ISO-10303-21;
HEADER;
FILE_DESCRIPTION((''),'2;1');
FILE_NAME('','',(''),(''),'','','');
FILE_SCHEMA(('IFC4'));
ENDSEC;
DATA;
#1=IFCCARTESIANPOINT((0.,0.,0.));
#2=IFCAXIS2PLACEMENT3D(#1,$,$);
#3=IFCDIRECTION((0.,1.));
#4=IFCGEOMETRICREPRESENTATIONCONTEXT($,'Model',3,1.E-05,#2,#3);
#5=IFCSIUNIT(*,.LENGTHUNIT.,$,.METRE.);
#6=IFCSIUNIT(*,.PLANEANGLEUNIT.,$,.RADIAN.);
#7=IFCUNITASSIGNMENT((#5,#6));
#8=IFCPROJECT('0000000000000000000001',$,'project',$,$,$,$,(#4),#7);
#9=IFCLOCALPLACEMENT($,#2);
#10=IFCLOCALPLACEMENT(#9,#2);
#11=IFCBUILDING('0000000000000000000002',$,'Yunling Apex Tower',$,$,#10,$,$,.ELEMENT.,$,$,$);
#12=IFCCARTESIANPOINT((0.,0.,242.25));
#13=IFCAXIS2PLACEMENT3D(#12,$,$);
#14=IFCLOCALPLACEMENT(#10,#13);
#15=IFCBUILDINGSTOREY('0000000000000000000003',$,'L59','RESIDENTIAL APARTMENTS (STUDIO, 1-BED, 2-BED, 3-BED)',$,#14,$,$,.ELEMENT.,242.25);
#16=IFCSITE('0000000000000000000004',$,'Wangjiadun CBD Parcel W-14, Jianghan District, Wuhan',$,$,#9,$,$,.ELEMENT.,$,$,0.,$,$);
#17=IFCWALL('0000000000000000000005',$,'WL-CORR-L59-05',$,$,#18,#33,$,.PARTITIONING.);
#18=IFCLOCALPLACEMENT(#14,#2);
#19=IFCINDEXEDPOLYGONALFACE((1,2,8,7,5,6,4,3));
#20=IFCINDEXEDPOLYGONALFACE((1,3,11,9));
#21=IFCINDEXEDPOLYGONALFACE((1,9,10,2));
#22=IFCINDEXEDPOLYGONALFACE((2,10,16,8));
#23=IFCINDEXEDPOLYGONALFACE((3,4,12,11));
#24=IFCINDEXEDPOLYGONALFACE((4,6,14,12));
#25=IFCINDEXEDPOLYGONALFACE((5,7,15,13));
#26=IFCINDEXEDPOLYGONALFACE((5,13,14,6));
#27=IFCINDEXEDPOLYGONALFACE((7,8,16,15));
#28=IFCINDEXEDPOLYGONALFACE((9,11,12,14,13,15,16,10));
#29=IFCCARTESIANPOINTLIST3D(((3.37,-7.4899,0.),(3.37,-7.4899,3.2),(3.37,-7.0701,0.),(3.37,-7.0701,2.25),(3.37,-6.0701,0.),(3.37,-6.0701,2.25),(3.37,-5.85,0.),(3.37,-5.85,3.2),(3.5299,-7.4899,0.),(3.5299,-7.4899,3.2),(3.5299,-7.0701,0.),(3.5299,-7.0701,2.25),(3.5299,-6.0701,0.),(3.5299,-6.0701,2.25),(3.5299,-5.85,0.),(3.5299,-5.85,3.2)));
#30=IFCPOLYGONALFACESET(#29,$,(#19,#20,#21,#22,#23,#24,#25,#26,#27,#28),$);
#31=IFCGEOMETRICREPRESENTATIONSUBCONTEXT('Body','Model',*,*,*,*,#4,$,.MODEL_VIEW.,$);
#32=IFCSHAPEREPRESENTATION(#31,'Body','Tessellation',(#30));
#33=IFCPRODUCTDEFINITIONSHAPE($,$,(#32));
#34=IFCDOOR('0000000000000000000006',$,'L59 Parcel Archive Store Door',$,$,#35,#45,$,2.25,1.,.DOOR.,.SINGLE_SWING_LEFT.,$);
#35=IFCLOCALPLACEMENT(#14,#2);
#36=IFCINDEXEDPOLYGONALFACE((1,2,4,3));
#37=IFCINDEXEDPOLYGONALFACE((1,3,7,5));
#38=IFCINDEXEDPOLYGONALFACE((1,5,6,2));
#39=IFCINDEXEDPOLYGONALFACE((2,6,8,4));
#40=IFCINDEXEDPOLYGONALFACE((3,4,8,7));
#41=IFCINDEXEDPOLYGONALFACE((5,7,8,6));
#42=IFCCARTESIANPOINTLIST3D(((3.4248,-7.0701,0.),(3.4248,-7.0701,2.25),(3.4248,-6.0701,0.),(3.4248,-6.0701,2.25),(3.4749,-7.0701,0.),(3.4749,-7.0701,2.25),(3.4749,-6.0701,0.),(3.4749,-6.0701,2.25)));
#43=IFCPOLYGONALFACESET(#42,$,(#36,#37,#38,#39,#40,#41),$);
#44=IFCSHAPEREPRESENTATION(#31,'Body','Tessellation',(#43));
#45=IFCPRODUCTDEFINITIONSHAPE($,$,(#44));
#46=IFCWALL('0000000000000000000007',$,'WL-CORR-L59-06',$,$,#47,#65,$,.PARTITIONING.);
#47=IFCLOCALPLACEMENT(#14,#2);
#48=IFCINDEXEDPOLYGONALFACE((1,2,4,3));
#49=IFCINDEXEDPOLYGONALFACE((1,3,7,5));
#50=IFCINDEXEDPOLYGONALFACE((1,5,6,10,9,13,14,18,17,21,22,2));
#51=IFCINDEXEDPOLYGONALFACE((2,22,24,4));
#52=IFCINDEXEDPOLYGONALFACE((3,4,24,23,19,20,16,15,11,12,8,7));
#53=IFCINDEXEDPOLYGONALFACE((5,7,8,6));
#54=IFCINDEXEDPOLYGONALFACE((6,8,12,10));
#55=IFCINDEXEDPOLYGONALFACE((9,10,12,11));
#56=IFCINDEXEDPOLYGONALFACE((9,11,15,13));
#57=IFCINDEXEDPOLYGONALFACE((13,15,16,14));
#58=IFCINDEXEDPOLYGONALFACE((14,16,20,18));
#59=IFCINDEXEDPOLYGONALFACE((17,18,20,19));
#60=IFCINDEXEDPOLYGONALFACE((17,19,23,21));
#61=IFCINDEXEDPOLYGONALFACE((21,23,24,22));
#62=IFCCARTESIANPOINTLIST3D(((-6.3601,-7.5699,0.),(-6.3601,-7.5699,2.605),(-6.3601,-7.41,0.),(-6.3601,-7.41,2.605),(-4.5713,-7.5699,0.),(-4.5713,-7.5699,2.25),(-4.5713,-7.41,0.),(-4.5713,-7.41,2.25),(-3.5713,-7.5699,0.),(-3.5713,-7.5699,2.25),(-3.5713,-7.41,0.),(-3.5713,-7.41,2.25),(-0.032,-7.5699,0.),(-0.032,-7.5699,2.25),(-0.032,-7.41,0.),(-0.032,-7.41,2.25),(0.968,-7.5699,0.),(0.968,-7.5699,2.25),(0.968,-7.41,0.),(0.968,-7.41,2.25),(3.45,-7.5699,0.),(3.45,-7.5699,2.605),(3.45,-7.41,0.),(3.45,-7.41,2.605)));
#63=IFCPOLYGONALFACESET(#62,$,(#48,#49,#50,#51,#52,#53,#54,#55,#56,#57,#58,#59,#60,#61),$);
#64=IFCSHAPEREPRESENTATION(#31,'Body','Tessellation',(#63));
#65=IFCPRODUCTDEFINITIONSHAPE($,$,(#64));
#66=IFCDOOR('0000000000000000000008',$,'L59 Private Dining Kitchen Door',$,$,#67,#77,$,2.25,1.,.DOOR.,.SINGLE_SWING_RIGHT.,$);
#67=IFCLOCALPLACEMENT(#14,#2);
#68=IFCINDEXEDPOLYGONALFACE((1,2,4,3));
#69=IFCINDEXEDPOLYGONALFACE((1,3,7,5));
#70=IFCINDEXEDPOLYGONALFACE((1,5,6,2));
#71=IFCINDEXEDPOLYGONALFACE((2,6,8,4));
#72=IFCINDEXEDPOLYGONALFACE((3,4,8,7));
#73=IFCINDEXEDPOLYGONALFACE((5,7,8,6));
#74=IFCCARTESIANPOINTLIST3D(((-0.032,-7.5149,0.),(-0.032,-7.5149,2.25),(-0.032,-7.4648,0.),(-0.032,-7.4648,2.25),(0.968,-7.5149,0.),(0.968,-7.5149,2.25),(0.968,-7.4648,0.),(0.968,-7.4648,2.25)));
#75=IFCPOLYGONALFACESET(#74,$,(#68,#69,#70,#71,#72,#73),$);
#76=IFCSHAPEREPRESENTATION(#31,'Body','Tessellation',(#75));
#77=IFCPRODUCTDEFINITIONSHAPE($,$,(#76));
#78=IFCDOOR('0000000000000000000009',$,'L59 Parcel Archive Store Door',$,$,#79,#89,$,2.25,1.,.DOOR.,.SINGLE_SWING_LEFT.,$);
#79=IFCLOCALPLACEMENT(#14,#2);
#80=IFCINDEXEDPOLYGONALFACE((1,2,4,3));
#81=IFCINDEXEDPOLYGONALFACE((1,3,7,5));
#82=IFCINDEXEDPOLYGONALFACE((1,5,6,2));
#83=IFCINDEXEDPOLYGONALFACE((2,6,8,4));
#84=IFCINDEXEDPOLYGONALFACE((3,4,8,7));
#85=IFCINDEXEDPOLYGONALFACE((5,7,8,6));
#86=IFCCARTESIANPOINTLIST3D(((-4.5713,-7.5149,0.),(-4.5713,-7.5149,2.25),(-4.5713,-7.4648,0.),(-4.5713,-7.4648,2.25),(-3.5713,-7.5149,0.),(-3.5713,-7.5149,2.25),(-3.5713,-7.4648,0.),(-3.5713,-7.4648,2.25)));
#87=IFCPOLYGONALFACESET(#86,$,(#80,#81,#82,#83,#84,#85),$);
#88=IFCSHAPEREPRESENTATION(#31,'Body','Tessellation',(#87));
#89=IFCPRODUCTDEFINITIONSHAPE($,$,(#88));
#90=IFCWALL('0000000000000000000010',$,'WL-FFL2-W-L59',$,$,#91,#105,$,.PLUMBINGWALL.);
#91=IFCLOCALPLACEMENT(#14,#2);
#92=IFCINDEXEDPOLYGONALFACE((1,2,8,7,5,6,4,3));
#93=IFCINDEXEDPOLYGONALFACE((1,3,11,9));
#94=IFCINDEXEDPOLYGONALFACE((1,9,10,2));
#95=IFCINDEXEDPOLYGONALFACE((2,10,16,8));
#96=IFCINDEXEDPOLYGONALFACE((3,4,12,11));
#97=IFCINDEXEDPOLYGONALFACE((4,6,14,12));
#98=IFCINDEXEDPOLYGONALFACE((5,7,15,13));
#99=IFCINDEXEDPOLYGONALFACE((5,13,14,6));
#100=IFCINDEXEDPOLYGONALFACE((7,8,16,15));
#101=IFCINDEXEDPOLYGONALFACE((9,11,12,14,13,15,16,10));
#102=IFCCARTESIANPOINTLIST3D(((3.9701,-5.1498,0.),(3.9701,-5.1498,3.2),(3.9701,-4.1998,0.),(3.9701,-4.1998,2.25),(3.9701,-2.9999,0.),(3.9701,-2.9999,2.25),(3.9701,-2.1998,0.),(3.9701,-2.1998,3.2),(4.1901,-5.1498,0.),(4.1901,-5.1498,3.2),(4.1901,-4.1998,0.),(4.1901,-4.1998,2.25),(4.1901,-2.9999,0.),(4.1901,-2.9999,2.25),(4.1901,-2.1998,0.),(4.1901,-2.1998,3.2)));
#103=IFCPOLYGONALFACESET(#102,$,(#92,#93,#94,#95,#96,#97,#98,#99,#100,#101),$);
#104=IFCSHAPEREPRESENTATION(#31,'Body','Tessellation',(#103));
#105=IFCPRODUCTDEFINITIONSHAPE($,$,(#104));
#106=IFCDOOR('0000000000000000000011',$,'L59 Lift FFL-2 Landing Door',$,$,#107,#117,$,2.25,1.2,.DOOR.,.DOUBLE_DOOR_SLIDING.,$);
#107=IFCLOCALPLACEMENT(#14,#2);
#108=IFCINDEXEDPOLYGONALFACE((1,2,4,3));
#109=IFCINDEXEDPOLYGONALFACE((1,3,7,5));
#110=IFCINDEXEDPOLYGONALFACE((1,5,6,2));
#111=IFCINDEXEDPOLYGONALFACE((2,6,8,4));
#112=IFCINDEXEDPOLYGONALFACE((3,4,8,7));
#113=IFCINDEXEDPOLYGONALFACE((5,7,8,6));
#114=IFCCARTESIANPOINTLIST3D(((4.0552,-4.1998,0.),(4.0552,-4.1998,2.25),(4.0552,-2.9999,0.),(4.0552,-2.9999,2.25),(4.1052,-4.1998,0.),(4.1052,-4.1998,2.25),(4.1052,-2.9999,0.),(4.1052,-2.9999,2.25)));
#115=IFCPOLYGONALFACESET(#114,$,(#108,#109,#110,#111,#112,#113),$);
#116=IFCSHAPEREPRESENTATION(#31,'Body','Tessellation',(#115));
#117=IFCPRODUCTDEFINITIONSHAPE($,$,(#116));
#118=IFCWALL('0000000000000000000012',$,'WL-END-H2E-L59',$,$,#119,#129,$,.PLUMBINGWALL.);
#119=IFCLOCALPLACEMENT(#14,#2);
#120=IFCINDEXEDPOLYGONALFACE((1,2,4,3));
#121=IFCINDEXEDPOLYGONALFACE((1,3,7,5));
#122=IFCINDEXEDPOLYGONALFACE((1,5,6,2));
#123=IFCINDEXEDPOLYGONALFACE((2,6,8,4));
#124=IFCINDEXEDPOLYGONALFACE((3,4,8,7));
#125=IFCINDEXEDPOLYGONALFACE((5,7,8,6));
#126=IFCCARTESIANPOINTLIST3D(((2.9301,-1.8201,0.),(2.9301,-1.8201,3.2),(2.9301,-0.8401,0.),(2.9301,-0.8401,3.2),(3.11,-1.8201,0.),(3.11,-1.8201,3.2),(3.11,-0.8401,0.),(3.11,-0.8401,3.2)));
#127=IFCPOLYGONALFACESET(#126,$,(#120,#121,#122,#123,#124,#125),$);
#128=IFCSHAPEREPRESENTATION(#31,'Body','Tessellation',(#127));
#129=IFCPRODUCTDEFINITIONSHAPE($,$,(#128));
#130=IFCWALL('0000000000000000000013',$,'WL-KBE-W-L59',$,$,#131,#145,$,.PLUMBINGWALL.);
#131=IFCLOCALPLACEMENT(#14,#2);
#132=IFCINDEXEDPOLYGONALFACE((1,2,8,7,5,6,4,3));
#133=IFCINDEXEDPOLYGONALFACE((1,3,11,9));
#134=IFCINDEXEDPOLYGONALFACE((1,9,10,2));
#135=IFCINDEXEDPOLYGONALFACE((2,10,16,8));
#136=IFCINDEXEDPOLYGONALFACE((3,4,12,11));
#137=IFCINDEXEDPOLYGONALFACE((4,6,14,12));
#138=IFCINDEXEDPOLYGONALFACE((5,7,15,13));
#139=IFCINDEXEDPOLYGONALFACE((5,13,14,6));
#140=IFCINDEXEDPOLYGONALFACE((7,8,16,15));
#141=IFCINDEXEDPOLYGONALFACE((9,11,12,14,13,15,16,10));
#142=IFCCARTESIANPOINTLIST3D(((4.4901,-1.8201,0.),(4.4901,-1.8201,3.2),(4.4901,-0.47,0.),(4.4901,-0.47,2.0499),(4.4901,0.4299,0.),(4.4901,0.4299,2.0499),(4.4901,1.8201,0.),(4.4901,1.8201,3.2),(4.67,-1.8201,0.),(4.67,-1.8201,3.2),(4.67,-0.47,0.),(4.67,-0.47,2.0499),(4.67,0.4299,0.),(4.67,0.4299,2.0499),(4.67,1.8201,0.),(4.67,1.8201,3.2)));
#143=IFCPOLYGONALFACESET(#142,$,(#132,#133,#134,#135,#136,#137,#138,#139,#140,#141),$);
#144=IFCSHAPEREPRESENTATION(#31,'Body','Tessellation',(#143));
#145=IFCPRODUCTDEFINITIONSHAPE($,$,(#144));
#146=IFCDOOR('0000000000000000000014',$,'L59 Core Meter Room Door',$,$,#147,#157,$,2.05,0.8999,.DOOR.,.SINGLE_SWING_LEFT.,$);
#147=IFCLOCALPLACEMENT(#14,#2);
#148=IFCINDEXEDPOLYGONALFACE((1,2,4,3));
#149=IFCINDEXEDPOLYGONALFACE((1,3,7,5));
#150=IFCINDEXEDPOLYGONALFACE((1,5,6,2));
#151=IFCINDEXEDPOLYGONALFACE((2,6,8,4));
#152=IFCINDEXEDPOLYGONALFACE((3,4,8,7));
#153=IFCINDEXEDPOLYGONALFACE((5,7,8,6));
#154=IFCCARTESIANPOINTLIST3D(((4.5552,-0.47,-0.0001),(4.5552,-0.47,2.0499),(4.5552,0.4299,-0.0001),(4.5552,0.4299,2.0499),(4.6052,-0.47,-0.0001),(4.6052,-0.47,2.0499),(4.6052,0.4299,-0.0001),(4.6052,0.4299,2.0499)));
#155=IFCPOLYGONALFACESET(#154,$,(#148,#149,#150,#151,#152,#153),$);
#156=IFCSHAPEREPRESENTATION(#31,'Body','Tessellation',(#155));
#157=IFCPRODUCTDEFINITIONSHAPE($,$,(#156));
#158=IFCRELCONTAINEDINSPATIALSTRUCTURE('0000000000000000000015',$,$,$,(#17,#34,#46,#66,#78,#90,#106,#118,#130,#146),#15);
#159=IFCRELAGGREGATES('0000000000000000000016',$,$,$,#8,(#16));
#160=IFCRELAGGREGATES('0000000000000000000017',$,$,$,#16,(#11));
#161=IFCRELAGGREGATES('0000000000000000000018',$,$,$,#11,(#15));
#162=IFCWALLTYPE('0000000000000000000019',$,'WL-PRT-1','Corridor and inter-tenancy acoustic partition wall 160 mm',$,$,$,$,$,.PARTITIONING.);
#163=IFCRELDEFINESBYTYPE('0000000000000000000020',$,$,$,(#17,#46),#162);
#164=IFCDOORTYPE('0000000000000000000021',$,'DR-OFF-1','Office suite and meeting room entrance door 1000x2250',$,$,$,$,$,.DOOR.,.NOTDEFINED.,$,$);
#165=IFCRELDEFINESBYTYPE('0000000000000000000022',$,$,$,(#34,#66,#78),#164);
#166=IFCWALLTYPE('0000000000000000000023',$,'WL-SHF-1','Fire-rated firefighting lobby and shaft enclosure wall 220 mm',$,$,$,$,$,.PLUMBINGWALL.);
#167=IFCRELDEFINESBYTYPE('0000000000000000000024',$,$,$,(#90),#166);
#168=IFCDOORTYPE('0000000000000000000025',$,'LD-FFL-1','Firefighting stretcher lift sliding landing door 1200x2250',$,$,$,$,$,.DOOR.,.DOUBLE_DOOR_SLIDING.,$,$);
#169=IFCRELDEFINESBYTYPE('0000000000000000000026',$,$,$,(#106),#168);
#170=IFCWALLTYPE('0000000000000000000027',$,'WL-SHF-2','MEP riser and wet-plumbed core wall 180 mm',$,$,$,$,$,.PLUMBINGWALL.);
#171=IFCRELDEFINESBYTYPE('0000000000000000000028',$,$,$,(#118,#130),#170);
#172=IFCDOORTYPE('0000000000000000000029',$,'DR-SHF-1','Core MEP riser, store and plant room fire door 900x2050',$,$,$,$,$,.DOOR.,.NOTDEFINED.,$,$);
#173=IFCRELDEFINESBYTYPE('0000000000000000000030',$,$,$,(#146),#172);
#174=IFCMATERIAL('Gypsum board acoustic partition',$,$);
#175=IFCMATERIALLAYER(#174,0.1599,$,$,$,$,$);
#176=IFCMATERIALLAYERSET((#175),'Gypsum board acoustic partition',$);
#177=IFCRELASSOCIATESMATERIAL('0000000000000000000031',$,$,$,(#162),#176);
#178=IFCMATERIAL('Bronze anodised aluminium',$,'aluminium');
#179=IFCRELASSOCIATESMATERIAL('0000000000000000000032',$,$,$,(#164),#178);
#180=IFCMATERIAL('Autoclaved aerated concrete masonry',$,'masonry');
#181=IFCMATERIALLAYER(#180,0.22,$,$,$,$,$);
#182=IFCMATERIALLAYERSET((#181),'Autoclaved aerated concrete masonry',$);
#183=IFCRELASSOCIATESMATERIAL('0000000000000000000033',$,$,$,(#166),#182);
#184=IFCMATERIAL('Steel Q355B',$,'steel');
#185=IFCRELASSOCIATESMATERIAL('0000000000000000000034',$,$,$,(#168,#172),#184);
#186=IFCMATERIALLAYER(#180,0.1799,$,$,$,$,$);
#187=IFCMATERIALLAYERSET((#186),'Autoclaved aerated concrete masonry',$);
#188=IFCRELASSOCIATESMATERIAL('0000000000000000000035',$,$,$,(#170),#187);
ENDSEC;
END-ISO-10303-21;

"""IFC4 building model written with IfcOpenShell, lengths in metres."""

from ifc_helpers import new_model, si_unit, direction, frame, frame_2d, origin, place, context, subcontext, project, spatial, rectangle, extrude, material, layer, layer_set, type_object, element, fill, save


model = new_model("IFC4")

# Units and contexts
model_context = context("Model", 3, precision=1e-05, world=origin(), true_north=direction((0.0, 1.0)))
body_context = subcontext(model_context, "Body", "Model", "MODEL_VIEW")
ifc_project = project(units=[si_unit("LENGTHUNIT", "METRE"), si_unit("PLANEANGLEUNIT", "RADIAN")], contexts=[model_context])

# Site, building, storey
site_placement = place(None, origin())
site = spatial("IfcSite", under=ifc_project, at=site_placement, Name="Wangjiadun CBD Parcel W-14, Jianghan District, Wuhan", CompositionType="ELEMENT", RefElevation=0.0)
building_placement = place(site_placement, origin())
building = spatial("IfcBuilding", under=site, at=building_placement, Name="Yunling Apex Tower", CompositionType="ELEMENT")
storey_placement = place(building_placement, frame((0.0, 0.0, 242.25)))
storey = spatial("IfcBuildingStorey", under=building, at=storey_placement, Name="L59", Description="RESIDENTIAL APARTMENTS (STUDIO, 1-BED, 2-BED, 3-BED)", CompositionType="ELEMENT", Elevation=242.25)

# Shared definitions
ifc_material_1 = material(Name="Steel Q355B", Category="steel")

# Shared definitions
ifc_material_2 = material(Name="Bronze anodised aluminium", Category="aluminium")

# Wall, opening, door
ifc_material_3 = material(Name="Gypsum board acoustic partition")
ifc_layer_1 = layer(ifc_material_3, 0.1599)
ifc_layer_set_1 = layer_set([ifc_layer_1], Name="Gypsum board acoustic partition")
wall_type_1 = type_object("IfcWallType", Name="WL-PRT-1", Description="Corridor and inter-tenancy acoustic partition wall 160 mm", PredefinedType="PARTITIONING", material=ifc_layer_set_1)
wall_1_placement = place(storey_placement, frame((3.45, -5.8501, 0.0), z_axis=(0.0, 0.0, 1.0), x_axis=(0.0, -1.0, 0.0)))
wall_1 = element("IfcWall", 1, at=wall_1_placement, inside=storey, type_object=wall_type_1, Name="WL-CORR-L59-05", PredefinedType="PARTITIONING", context=body_context, shape_type="SweptSolid", body=[
    extrude(rectangle(XDim=1.6399, YDim=0.1599, at=frame_2d((0.8198, 0.0))), origin(), (0.0, 0.0, 1.0), 3.2),
])
opening_1_placement = place(wall_1_placement, frame((0.22, 0.0, 0.0)))
opening_1 = element("IfcOpeningElement", 2, at=opening_1_placement, cuts=wall_1, PredefinedType="OPENING", context=body_context, shape_type="SweptSolid", body=[
    extrude(rectangle(XDim=1.0, YDim=2.25, at=frame_2d((0.5, 1.125))), frame((0.0, 0.0898, 0.0), z_axis=(0.0, -1.0, 0.0), x_axis=(1.0, 0.0, 0.0)), (0.0, 0.0, 1.0), 0.1799),
])
door_type_1 = type_object("IfcDoorType", Name="DR-OFF-1", Description="Office suite and meeting room entrance door 1000x2250", OperationType="NOTDEFINED", PredefinedType="DOOR", material=ifc_material_2)
door_1_placement = place(opening_1_placement, origin())
door_1 = element("IfcDoor", 3, at=door_1_placement, inside=storey, type_object=door_type_1, Name="L59 Parcel Archive Store Door", OperationType="SINGLE_SWING_LEFT", OverallHeight=2.25, OverallWidth=1.0, PredefinedType="DOOR", context=body_context, shape_type="SweptSolid", body=[
    extrude(rectangle(XDim=1.0, YDim=2.25, at=frame_2d((0.5, 1.125))), frame((0.0, 0.0249, 0.0), z_axis=(0.0, -1.0, 0.0), x_axis=(1.0, 0.0, 0.0)), (0.0, 0.0, 1.0), 0.05),
])
fill(opening_1, door_1)

# Wall, openings, doors
wall_2_placement = place(storey_placement, frame((3.45, -7.49, 0.0), z_axis=(0.0, 0.0, 1.0), x_axis=(-1.0, 0.0, 0.0)))
wall_2 = element("IfcWall", 4, at=wall_2_placement, inside=storey, type_object=wall_type_1, Name="WL-CORR-L59-06", PredefinedType="PARTITIONING", context=body_context, shape_type="SweptSolid", body=[
    extrude(rectangle(XDim=9.8101, YDim=0.1599, at=frame_2d((4.905, 0.0))), origin(), (0.0, 0.0, 1.0), 2.605),
])
opening_2_placement = place(wall_2_placement, frame((2.4819, 0.0, 0.0)))
opening_2 = element("IfcOpeningElement", 5, at=opening_2_placement, cuts=wall_2, PredefinedType="OPENING", context=body_context, shape_type="SweptSolid", body=[
    extrude(rectangle(XDim=1.0, YDim=2.25, at=frame_2d((0.5, 1.125))), frame((0.0, 0.0898, 0.0), z_axis=(0.0, -1.0, 0.0), x_axis=(1.0, 0.0, 0.0)), (0.0, 0.0, 1.0), 0.1799),
])
opening_3_placement = place(wall_2_placement, frame((7.0212, 0.0, 0.0)))
opening_3 = element("IfcOpeningElement", 6, at=opening_3_placement, cuts=wall_2, PredefinedType="OPENING", context=body_context, shape_type="SweptSolid", body=[
    extrude(rectangle(XDim=1.0, YDim=2.25, at=frame_2d((0.5, 1.125))), frame((0.0, 0.0898, 0.0), z_axis=(0.0, -1.0, 0.0), x_axis=(1.0, 0.0, 0.0)), (0.0, 0.0, 1.0), 0.1799),
])
door_2_placement = place(opening_2_placement, origin())
door_2 = element("IfcDoor", 7, at=door_2_placement, inside=storey, type_object=door_type_1, Name="L59 Private Dining Kitchen Door", OperationType="SINGLE_SWING_RIGHT", OverallHeight=2.25, OverallWidth=1.0, PredefinedType="DOOR", context=body_context, shape_type="SweptSolid", body=[
    extrude(rectangle(XDim=1.0, YDim=2.25, at=frame_2d((0.5, 1.125))), frame((0.0, 0.0249, 0.0), z_axis=(0.0, -1.0, 0.0), x_axis=(1.0, 0.0, 0.0)), (0.0, 0.0, 1.0), 0.05),
])
fill(opening_2, door_2)
door_3_placement = place(opening_3_placement, origin())
door_3 = element("IfcDoor", 8, at=door_3_placement, inside=storey, type_object=door_type_1, Name="L59 Parcel Archive Store Door", OperationType="SINGLE_SWING_LEFT", OverallHeight=2.25, OverallWidth=1.0, PredefinedType="DOOR", context=body_context, shape_type="SweptSolid", body=[
    extrude(rectangle(XDim=1.0, YDim=2.25, at=frame_2d((0.5, 1.125))), frame((0.0, 0.0249, 0.0), z_axis=(0.0, -1.0, 0.0), x_axis=(1.0, 0.0, 0.0)), (0.0, 0.0, 1.0), 0.05),
])
fill(opening_3, door_3)

# Wall, opening, door
ifc_material_4 = material(Name="Autoclaved aerated concrete masonry", Category="masonry")
ifc_layer_2 = layer(ifc_material_4, 0.22)
ifc_layer_set_2 = layer_set([ifc_layer_2], Name="Autoclaved aerated concrete masonry")
wall_type_2 = type_object("IfcWallType", Name="WL-SHF-1", Description="Fire-rated firefighting lobby and shaft enclosure wall 220 mm", PredefinedType="PLUMBINGWALL", material=ifc_layer_set_2)
wall_3_placement = place(storey_placement, frame((4.0801, -5.1499, 0.0), z_axis=(0.0, 0.0, 1.0), x_axis=(0.0, 1.0, 0.0)))
wall_3 = element("IfcWall", 9, at=wall_3_placement, inside=storey, type_object=wall_type_2, Name="WL-FFL2-W-L59", PredefinedType="PLUMBINGWALL", context=body_context, shape_type="SweptSolid", body=[
    extrude(rectangle(XDim=2.95, YDim=0.22, at=frame_2d((1.4751, 0.0))), origin(), (0.0, 0.0, 1.0), 3.2),
])
opening_4_placement = place(wall_3_placement, frame((0.95, 0.0, 0.0)))
opening_4 = element("IfcOpeningElement", 10, at=opening_4_placement, cuts=wall_3, PredefinedType="OPENING", context=body_context, shape_type="SweptSolid", body=[
    extrude(rectangle(XDim=1.2, YDim=2.25, at=frame_2d((0.6001, 1.125))), frame((0.0, 0.1201, 0.0), z_axis=(0.0, -1.0, 0.0), x_axis=(1.0, 0.0, 0.0)), (0.0, 0.0, 1.0), 0.24),
])
door_type_2 = type_object("IfcDoorType", Name="LD-FFL-1", Description="Firefighting stretcher lift sliding landing door 1200x2250", OperationType="DOUBLE_DOOR_SLIDING", PredefinedType="DOOR", material=ifc_material_1)
door_4_placement = place(opening_4_placement, origin())
door_4 = element("IfcDoor", 11, at=door_4_placement, inside=storey, type_object=door_type_2, Name="L59 Lift FFL-2 Landing Door", OperationType="DOUBLE_DOOR_SLIDING", OverallHeight=2.25, OverallWidth=1.2, PredefinedType="DOOR", context=body_context, shape_type="SweptSolid", body=[
    extrude(rectangle(XDim=1.2, YDim=2.25, at=frame_2d((0.6001, 1.125))), frame((0.0, 0.0249, 0.0), z_axis=(0.0, -1.0, 0.0), x_axis=(1.0, 0.0, 0.0)), (0.0, 0.0, 1.0), 0.05),
])
fill(opening_4, door_4)

# Wall
ifc_layer_3 = layer(ifc_material_4, 0.1799)
ifc_layer_set_3 = layer_set([ifc_layer_3], Name="Autoclaved aerated concrete masonry")
wall_type_3 = type_object("IfcWallType", Name="WL-SHF-2", Description="MEP riser and wet-plumbed core wall 180 mm", PredefinedType="PLUMBINGWALL", material=ifc_layer_set_3)
wall_4_placement = place(storey_placement, frame((3.02, -1.8201, 0.0), z_axis=(0.0, 0.0, 1.0), x_axis=(0.0, 1.0, 0.0)))
element("IfcWall", 12, at=wall_4_placement, inside=storey, type_object=wall_type_3, Name="WL-END-H2E-L59", PredefinedType="PLUMBINGWALL", context=body_context, shape_type="SweptSolid", body=[
    extrude(rectangle(XDim=0.98, YDim=0.1799, at=frame_2d((0.49, 0.0))), origin(), (0.0, 0.0, 1.0), 3.2),
])

# Wall, opening, door
wall_5_placement = place(storey_placement, frame((4.5801, -1.8201, 0.0), z_axis=(0.0, 0.0, 1.0), x_axis=(0.0, 1.0, 0.0)))
wall_5 = element("IfcWall", 13, at=wall_5_placement, inside=storey, type_object=wall_type_3, Name="WL-KBE-W-L59", PredefinedType="PLUMBINGWALL", context=body_context, shape_type="SweptSolid", body=[
    extrude(rectangle(XDim=3.6401, YDim=0.1799, at=frame_2d((1.8201, 0.0))), origin(), (0.0, 0.0, 1.0), 3.2),
])
opening_5_placement = place(wall_5_placement, frame((1.3501, 0.0, 0.0)))
opening_5 = element("IfcOpeningElement", 14, at=opening_5_placement, cuts=wall_5, PredefinedType="OPENING", context=body_context, shape_type="SweptSolid", body=[
    extrude(rectangle(XDim=0.8999, YDim=2.05, at=frame_2d((0.45, 1.0249))), frame((0.0, 0.1001, 0.0), z_axis=(0.0, -1.0, 0.0), x_axis=(1.0, 0.0, 0.0)), (0.0, 0.0, 1.0), 0.2),
])
door_type_3 = type_object("IfcDoorType", Name="DR-SHF-1", Description="Core MEP riser, store and plant room fire door 900x2050", OperationType="NOTDEFINED", PredefinedType="DOOR", material=ifc_material_1)
door_5_placement = place(opening_5_placement, origin())
door_5 = element("IfcDoor", 15, at=door_5_placement, inside=storey, type_object=door_type_3, Name="L59 Core Meter Room Door", OperationType="SINGLE_SWING_LEFT", OverallHeight=2.05, OverallWidth=0.8999, PredefinedType="DOOR", context=body_context, shape_type="SweptSolid", body=[
    extrude(rectangle(XDim=0.8999, YDim=2.05, at=frame_2d((0.45, 1.0249))), frame((0.0, 0.0249, 0.0), z_axis=(0.0, -1.0, 0.0), x_axis=(1.0, 0.0, 0.0)), (0.0, 0.0, 1.0), 0.05),
])
fill(opening_5, door_5)

save(model, "model.ifc")
